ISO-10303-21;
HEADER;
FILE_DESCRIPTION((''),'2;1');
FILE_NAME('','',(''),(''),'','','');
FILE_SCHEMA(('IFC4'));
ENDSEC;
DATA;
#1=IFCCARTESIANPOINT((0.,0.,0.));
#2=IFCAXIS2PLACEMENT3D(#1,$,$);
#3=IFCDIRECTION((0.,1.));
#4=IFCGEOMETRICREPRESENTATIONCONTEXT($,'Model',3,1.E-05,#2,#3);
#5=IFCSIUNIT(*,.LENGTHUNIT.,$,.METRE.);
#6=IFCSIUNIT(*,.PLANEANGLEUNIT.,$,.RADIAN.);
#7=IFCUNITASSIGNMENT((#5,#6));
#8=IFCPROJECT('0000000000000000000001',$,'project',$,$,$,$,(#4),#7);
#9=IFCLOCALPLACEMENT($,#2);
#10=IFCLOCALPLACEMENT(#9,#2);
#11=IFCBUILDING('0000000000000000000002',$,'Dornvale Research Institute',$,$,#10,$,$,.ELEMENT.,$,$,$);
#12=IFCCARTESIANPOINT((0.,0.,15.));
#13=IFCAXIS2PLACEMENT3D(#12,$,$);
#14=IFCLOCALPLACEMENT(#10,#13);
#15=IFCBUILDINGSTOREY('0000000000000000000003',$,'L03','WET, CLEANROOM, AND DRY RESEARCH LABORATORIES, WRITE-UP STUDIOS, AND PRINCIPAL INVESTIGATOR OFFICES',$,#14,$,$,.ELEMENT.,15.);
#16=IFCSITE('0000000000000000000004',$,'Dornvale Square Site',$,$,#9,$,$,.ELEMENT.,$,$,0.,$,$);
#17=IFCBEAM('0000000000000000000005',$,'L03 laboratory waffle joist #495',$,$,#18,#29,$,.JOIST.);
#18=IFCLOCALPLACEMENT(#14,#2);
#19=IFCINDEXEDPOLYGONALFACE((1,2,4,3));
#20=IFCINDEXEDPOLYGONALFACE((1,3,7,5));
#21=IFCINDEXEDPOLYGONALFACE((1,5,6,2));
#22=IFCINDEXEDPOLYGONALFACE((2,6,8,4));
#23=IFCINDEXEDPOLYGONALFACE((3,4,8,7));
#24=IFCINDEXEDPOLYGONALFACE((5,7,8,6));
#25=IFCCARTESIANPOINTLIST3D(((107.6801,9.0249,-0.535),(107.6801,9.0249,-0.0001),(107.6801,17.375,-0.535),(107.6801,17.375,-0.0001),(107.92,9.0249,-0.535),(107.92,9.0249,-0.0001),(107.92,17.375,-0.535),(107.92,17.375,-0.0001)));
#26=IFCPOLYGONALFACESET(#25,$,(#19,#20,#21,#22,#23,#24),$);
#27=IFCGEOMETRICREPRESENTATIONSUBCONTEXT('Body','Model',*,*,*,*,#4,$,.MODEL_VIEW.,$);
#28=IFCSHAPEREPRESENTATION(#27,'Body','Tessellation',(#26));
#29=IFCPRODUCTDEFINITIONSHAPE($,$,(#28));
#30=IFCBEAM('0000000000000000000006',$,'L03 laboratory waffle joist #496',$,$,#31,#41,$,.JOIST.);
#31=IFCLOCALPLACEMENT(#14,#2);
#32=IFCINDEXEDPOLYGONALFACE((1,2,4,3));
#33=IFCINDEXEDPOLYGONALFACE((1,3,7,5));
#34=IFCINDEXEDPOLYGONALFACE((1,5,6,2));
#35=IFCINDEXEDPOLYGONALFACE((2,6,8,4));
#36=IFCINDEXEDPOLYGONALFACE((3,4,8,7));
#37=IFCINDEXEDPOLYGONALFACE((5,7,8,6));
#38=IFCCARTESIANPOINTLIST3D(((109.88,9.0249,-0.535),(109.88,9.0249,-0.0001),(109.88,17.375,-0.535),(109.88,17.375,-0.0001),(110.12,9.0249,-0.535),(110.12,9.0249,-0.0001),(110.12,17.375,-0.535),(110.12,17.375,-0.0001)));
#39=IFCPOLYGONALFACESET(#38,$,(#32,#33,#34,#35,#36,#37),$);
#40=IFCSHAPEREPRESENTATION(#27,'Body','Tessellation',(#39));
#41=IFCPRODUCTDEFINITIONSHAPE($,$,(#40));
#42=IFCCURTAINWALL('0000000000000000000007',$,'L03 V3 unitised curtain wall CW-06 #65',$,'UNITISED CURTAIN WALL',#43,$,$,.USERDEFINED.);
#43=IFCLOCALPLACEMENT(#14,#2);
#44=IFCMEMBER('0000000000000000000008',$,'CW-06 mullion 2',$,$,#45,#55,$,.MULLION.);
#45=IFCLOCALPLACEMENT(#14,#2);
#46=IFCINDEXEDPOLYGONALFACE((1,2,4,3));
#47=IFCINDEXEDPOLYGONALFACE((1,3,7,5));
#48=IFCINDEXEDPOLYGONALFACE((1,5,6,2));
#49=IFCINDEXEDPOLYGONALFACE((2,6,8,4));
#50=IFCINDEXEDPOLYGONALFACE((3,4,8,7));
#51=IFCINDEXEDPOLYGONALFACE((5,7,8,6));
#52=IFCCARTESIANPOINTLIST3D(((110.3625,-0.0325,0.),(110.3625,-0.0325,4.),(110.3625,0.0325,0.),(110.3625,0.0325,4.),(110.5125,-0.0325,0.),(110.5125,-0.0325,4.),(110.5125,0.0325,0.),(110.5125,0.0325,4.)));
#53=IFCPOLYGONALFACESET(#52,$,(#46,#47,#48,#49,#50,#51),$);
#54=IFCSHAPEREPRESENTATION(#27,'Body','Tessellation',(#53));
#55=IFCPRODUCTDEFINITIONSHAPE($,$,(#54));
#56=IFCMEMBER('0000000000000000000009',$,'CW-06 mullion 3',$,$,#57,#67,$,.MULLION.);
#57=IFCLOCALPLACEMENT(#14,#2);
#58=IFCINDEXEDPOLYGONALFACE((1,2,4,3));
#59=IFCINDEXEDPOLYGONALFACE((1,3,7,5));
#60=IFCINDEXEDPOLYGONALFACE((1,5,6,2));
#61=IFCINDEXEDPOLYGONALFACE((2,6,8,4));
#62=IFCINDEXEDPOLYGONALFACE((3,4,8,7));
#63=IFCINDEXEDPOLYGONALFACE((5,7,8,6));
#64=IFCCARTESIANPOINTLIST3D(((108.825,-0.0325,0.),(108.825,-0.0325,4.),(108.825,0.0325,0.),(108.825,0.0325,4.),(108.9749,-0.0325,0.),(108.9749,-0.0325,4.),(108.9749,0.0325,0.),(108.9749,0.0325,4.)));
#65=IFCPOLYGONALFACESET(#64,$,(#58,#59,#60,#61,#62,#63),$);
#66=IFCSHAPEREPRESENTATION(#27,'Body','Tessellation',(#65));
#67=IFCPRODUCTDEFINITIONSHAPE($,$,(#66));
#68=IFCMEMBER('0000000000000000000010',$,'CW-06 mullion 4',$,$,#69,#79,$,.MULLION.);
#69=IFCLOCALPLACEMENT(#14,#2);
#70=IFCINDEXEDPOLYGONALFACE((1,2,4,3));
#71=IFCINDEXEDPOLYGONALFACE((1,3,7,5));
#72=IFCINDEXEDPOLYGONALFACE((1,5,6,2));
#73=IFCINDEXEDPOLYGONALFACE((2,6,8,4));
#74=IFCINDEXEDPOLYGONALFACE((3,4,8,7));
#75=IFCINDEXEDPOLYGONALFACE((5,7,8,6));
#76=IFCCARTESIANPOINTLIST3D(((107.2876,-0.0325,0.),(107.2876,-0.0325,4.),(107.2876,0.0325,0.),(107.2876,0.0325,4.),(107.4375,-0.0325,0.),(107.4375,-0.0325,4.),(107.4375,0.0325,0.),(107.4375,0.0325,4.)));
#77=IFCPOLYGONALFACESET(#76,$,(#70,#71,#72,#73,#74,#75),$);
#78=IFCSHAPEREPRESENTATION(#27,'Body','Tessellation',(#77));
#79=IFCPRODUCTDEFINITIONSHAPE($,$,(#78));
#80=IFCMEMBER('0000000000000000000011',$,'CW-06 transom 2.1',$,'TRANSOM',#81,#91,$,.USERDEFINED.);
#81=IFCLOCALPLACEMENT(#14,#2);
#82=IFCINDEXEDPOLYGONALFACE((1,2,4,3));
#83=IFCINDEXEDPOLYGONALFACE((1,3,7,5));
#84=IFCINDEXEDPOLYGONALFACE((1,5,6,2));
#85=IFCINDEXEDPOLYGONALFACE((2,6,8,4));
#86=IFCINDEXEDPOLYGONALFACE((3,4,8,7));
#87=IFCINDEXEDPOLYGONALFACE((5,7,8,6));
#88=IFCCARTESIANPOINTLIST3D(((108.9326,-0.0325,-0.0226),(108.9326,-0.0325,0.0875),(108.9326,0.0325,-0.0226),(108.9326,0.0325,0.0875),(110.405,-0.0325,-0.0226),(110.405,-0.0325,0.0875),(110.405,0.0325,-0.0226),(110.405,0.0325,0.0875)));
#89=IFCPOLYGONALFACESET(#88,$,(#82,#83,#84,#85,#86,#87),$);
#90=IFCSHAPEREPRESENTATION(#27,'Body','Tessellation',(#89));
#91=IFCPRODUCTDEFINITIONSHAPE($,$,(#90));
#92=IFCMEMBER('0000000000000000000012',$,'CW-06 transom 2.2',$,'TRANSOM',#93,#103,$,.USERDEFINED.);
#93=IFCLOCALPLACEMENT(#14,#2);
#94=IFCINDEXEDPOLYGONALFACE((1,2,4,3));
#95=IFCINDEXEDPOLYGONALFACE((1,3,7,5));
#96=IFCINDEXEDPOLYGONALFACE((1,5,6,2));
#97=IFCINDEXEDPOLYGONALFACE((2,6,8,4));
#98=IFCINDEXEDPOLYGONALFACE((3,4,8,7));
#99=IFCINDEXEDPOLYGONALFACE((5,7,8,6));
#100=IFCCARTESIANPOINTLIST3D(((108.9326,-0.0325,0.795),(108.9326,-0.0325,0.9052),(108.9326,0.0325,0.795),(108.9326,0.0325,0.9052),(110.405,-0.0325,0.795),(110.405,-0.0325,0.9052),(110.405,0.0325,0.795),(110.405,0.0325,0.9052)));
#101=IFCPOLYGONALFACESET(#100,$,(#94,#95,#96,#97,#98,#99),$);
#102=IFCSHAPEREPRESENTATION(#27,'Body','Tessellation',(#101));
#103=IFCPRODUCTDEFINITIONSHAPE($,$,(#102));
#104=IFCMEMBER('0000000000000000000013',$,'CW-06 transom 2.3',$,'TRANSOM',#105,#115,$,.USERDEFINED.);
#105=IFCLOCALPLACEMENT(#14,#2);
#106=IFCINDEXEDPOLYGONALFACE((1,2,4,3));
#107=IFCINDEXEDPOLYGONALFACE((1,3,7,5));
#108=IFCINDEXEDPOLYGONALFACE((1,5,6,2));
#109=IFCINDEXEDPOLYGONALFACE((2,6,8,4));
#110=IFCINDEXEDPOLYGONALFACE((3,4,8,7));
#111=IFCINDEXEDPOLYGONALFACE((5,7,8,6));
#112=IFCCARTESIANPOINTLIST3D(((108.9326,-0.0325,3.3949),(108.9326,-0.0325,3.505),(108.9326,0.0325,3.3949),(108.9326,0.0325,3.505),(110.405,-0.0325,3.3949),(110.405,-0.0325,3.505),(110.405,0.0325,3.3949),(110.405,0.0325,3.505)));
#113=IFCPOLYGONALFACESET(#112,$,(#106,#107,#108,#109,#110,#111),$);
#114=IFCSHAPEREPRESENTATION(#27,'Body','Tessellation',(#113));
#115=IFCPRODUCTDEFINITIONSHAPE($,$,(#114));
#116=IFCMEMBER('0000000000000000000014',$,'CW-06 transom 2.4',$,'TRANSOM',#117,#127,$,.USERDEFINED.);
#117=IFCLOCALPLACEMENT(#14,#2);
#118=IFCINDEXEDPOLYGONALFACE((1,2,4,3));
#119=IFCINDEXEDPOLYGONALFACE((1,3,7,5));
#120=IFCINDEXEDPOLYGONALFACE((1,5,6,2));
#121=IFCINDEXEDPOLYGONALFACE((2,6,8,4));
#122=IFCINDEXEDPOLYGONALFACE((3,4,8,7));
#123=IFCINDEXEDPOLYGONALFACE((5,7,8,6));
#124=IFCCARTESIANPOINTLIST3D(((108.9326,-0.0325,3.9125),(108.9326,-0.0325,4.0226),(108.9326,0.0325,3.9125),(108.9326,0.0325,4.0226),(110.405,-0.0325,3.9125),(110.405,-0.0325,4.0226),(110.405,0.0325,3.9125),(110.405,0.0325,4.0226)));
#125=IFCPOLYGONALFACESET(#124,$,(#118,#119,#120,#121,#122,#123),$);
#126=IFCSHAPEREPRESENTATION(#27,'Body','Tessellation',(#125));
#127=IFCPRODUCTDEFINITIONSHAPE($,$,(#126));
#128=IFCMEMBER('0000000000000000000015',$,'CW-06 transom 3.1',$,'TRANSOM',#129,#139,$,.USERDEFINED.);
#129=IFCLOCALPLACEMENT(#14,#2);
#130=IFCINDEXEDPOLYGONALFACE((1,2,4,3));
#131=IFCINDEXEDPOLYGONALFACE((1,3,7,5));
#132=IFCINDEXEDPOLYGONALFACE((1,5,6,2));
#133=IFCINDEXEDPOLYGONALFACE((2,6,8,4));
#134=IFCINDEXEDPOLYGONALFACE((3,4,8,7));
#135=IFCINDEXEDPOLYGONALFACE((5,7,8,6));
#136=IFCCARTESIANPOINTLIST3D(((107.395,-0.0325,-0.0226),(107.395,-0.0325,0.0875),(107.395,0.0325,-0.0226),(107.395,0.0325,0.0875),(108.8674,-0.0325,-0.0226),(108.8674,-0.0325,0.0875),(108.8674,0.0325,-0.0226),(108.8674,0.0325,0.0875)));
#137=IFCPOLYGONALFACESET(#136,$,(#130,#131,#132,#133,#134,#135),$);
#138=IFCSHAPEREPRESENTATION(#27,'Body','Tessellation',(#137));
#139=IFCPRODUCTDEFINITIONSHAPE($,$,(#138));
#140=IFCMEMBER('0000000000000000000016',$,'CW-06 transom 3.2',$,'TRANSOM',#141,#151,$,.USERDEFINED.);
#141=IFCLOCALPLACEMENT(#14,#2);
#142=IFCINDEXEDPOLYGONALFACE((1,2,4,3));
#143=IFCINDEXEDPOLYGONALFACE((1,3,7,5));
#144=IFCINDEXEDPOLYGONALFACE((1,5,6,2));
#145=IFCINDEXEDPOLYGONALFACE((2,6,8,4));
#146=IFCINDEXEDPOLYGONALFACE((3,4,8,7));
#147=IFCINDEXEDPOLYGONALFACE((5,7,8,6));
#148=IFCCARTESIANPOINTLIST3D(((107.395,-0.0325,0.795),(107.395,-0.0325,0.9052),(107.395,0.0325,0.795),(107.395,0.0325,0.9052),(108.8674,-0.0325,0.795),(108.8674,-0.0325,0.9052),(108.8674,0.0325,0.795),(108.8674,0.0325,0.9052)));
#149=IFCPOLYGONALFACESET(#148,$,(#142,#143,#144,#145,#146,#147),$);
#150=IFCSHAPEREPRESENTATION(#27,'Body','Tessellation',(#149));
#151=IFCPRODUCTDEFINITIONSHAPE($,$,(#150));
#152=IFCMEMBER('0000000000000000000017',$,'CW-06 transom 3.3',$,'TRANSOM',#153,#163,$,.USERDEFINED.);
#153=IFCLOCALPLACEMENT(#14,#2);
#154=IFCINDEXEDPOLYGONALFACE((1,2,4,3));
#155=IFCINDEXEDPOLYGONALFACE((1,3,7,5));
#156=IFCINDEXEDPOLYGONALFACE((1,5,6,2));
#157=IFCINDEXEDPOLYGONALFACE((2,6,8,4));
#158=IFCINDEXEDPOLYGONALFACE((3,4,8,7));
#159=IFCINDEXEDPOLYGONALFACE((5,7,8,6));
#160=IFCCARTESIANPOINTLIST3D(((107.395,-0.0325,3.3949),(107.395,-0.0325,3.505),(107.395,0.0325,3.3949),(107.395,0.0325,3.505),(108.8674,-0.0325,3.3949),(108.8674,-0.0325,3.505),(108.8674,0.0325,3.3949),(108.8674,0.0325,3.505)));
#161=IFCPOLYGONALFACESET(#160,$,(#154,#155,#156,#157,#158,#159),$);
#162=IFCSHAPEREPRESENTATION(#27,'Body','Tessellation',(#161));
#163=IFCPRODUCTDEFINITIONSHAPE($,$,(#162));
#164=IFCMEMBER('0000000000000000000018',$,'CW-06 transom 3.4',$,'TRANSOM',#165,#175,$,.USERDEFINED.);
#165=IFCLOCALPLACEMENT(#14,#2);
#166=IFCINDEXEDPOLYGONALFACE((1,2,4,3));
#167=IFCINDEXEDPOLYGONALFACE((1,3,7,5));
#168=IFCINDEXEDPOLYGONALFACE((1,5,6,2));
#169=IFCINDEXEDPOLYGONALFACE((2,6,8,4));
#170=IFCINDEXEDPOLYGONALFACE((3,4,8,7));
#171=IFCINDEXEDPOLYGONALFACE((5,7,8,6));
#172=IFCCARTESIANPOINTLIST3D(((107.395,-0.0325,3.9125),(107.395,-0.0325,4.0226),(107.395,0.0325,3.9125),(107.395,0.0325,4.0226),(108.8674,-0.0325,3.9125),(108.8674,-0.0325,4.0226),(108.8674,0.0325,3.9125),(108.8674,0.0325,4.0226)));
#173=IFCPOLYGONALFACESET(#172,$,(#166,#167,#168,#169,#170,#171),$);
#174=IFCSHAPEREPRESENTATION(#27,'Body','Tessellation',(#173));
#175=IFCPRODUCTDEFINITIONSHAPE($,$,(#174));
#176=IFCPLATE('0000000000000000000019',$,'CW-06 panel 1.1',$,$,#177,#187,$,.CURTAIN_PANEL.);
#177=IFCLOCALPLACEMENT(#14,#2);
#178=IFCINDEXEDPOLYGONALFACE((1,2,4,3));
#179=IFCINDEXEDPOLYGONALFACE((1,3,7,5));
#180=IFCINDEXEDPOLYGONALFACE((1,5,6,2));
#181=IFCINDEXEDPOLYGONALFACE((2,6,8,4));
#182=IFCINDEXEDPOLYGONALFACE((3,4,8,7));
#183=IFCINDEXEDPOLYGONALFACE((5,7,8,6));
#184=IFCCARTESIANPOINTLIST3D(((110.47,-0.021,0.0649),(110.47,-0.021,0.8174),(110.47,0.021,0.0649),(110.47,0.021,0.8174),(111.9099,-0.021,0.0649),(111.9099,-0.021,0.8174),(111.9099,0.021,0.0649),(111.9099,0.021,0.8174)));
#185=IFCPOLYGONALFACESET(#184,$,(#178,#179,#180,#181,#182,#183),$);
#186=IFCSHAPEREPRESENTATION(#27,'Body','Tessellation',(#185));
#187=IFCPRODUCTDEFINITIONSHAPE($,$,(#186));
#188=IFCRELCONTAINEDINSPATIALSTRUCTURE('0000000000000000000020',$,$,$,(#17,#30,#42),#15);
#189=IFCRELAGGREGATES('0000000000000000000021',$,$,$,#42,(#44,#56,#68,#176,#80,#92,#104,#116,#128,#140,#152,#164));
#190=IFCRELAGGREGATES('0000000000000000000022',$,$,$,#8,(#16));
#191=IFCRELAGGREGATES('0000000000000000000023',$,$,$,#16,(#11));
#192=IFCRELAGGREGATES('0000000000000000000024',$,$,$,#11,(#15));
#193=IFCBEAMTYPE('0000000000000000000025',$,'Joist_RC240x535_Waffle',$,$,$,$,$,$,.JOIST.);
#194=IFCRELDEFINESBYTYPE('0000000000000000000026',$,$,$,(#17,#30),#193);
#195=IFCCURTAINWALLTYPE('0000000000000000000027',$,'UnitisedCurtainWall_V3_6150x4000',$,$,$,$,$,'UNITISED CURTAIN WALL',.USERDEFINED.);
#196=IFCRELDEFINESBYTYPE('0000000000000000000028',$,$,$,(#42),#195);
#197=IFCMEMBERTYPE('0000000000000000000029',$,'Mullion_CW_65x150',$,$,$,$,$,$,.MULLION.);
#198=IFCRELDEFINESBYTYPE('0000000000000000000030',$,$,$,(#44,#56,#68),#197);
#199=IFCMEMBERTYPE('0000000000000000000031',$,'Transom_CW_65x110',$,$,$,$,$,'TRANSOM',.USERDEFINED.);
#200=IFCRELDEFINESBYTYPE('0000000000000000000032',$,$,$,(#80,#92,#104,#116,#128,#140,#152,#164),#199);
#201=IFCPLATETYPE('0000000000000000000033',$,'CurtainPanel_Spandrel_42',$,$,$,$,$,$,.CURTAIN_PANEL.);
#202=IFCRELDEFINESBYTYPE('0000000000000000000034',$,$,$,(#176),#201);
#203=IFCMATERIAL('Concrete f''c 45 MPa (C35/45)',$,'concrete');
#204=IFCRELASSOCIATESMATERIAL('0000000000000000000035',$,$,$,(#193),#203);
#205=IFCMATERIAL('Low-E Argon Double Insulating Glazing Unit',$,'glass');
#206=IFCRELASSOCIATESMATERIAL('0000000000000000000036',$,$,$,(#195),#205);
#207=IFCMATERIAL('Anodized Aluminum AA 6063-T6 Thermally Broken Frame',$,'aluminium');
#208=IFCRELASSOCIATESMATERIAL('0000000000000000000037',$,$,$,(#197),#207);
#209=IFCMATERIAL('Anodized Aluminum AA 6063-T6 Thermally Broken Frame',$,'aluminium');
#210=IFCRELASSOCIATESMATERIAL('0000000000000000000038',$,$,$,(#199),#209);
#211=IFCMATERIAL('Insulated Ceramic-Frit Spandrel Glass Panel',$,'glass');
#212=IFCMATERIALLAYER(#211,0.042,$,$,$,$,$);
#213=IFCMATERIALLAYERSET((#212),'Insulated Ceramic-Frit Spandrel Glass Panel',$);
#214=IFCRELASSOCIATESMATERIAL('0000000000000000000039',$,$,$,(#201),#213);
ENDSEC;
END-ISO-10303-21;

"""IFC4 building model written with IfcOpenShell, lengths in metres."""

from ifc_helpers import new_model, si_unit, direction, frame, origin, origin_2d, place, context, subcontext, project, spatial, rectangle, extrude, material, layer, layer_set, material_profile, profile_set, type_object, element, aggregate, save


model = new_model("IFC4")

# Units and contexts
model_context = context("Model", 3, precision=1e-05, world=origin(), true_north=direction((0.0, 1.0)))
body_context = subcontext(model_context, "Body", "Model", "MODEL_VIEW")
ifc_project = project(units=[si_unit("LENGTHUNIT", "METRE"), si_unit("PLANEANGLEUNIT", "RADIAN")], contexts=[model_context])

# Site, building, storey
site_placement = place(None, origin())
site = spatial("IfcSite", under=ifc_project, at=site_placement, Name="Dornvale Square Site", CompositionType="ELEMENT", RefElevation=0.0)
building_placement = place(site_placement, origin())
building = spatial("IfcBuilding", under=site, at=building_placement, Name="Dornvale Research Institute", CompositionType="ELEMENT")
storey_placement = place(building_placement, frame((0.0, 0.0, 15.0)))
storey = spatial("IfcBuildingStorey", under=building, at=storey_placement, Name="L03", Description="WET, CLEANROOM, AND DRY RESEARCH LABORATORIES, WRITE-UP STUDIOS, AND PRINCIPAL INVESTIGATOR OFFICES", CompositionType="ELEMENT", Elevation=15.0)

# Beams
ifc_material_1 = material(Name="Concrete f'c 45 MPa (C35/45)", Category="concrete")
ifc_material_profile_1 = material_profile(ifc_material_1, rectangle(XDim=0.24, YDim=0.5349, at=origin_2d()), Name="RC 240x535")
ifc_profile_set_1 = profile_set([ifc_material_profile_1], Name="Concrete f'c 45 MPa (C35/45)")
beam_type = type_object("IfcBeamType", Name="Joist_RC240x535_Waffle", PredefinedType="JOIST", material=ifc_profile_set_1)
for number, where, z_axis, x_axis, name in (
    (1, (107.8, 9.0249, -0.2676), (0.0, 1.0, 0.0), (-1.0, 0.0, 0.0), "L03 laboratory waffle joist #495"),
    (2, (110.0, 9.0249, -0.2676), (0.0, 1.0, 0.0), (-1.0, 0.0, 0.0), "L03 laboratory waffle joist #496"),
):
    element("IfcBeam", number, at=place(storey_placement, frame(where, z_axis=z_axis, x_axis=x_axis)), inside=storey, type_object=beam_type, Name=name, PredefinedType="JOIST", context=body_context, shape_type="SweptSolid", body=[
        extrude(rectangle(XDim=0.24, YDim=0.5349, at=origin_2d()), origin(), (0.0, 0.0, 1.0), 8.3501),
    ])

# Curtain wall, members, plate
ifc_material_2 = material(Name="Low-E Argon Double Insulating Glazing Unit", Category="glass")
curtain_wall_type = type_object("IfcCurtainWallType", Name="UnitisedCurtainWall_V3_6150x4000", ElementType="UNITISED CURTAIN WALL", PredefinedType="USERDEFINED", material=ifc_material_2)
curtain_wall_placement = place(storey_placement, origin())
curtain_wall = element("IfcCurtainWall", 3, at=curtain_wall_placement, inside=storey, type_object=curtain_wall_type, Name="L03 V3 unitised curtain wall CW-06 #65", ObjectType="UNITISED CURTAIN WALL", PredefinedType="USERDEFINED")
ifc_material_3 = material(Name="Anodized Aluminum AA 6063-T6 Thermally Broken Frame", Category="aluminium")
ifc_material_profile_2 = material_profile(ifc_material_3, rectangle(XDim=0.0649, YDim=0.1499, at=origin_2d()), Name="ALU MULLION 65x150")
ifc_profile_set_2 = profile_set([ifc_material_profile_2], Name="Anodized Aluminum AA 6063-T6 Thermally Broken Frame")
member_type_1 = type_object("IfcMemberType", Name="Mullion_CW_65x150", PredefinedType="MULLION", material=ifc_profile_set_2)
member_1_placement = place(storey_placement, frame((110.4375, 0.0, 0.0), z_axis=(0.0, 0.0, 1.0), x_axis=(0.0, -1.0, 0.0)))
member_1 = element("IfcMember", 4, at=member_1_placement, type_object=member_type_1, Name="CW-06 mullion 2", PredefinedType="MULLION", context=body_context, shape_type="SweptSolid", body=[
    extrude(rectangle(XDim=0.0649, YDim=0.1499, at=origin_2d()), origin(), (0.0, 0.0, 1.0), 4.0),
])
member_2_placement = place(storey_placement, frame((108.8999, 0.0, 0.0), z_axis=(0.0, 0.0, 1.0), x_axis=(0.0, -1.0, 0.0)))
member_2 = element("IfcMember", 5, at=member_2_placement, type_object=member_type_1, Name="CW-06 mullion 3", PredefinedType="MULLION", context=body_context, shape_type="SweptSolid", body=[
    extrude(rectangle(XDim=0.0649, YDim=0.1499, at=origin_2d()), origin(), (0.0, 0.0, 1.0), 4.0),
])
member_3_placement = place(storey_placement, frame((107.3625, 0.0, 0.0), z_axis=(0.0, 0.0, 1.0), x_axis=(0.0, -1.0, 0.0)))
member_3 = element("IfcMember", 6, at=member_3_placement, type_object=member_type_1, Name="CW-06 mullion 4", PredefinedType="MULLION", context=body_context, shape_type="SweptSolid", body=[
    extrude(rectangle(XDim=0.0649, YDim=0.1499, at=origin_2d()), origin(), (0.0, 0.0, 1.0), 4.0),
])
ifc_material_4 = material(Name="Anodized Aluminum AA 6063-T6 Thermally Broken Frame", Category="aluminium")
ifc_material_profile_3 = material_profile(ifc_material_4, rectangle(XDim=0.0649, YDim=0.1101, at=origin_2d()), Name="ALU TRANSOM 65x110")
ifc_profile_set_3 = profile_set([ifc_material_profile_3], Name="Anodized Aluminum AA 6063-T6 Thermally Broken Frame")
member_type_2 = type_object("IfcMemberType", Name="Transom_CW_65x110", ElementType="TRANSOM", PredefinedType="USERDEFINED", material=ifc_profile_set_3)
member_4_placement = place(storey_placement, frame((110.405, 0.0, 0.0325), z_axis=(-1.0, 0.0, 0.0), x_axis=(0.0, -1.0, 0.0)))
member_4 = element("IfcMember", 7, at=member_4_placement, type_object=member_type_2, Name="CW-06 transom 2.1", ObjectType="TRANSOM", PredefinedType="USERDEFINED", context=body_context, shape_type="SweptSolid", body=[
    extrude(rectangle(XDim=0.0649, YDim=0.1101, at=origin_2d()), origin(), (0.0, 0.0, 1.0), 1.4724),
])
member_5_placement = place(storey_placement, frame((110.405, 0.0, 0.8501), z_axis=(-1.0, 0.0, 0.0), x_axis=(0.0, -1.0, 0.0)))
member_5 = element("IfcMember", 8, at=member_5_placement, type_object=member_type_2, Name="CW-06 transom 2.2", ObjectType="TRANSOM", PredefinedType="USERDEFINED", context=body_context, shape_type="SweptSolid", body=[
    extrude(rectangle(XDim=0.0649, YDim=0.1101, at=origin_2d()), origin(), (0.0, 0.0, 1.0), 1.4724),
])
member_6_placement = place(storey_placement, frame((110.405, 0.0, 3.45), z_axis=(-1.0, 0.0, 0.0), x_axis=(0.0, -1.0, 0.0)))
member_6 = element("IfcMember", 9, at=member_6_placement, type_object=member_type_2, Name="CW-06 transom 2.3", ObjectType="TRANSOM", PredefinedType="USERDEFINED", context=body_context, shape_type="SweptSolid", body=[
    extrude(rectangle(XDim=0.0649, YDim=0.1101, at=origin_2d()), origin(), (0.0, 0.0, 1.0), 1.4724),
])
member_7_placement = place(storey_placement, frame((110.405, 0.0, 3.9675), z_axis=(-1.0, 0.0, 0.0), x_axis=(0.0, -1.0, 0.0)))
member_7 = element("IfcMember", 10, at=member_7_placement, type_object=member_type_2, Name="CW-06 transom 2.4", ObjectType="TRANSOM", PredefinedType="USERDEFINED", context=body_context, shape_type="SweptSolid", body=[
    extrude(rectangle(XDim=0.0649, YDim=0.1101, at=origin_2d()), origin(), (0.0, 0.0, 1.0), 1.4724),
])
member_8_placement = place(storey_placement, frame((108.8674, 0.0, 0.0325), z_axis=(-1.0, 0.0, 0.0), x_axis=(0.0, -1.0, 0.0)))
member_8 = element("IfcMember", 11, at=member_8_placement, type_object=member_type_2, Name="CW-06 transom 3.1", ObjectType="TRANSOM", PredefinedType="USERDEFINED", context=body_context, shape_type="SweptSolid", body=[
    extrude(rectangle(XDim=0.0649, YDim=0.1101, at=origin_2d()), origin(), (0.0, 0.0, 1.0), 1.4724),
])
member_9_placement = place(storey_placement, frame((108.8674, 0.0, 0.8501), z_axis=(-1.0, 0.0, 0.0), x_axis=(0.0, -1.0, 0.0)))
member_9 = element("IfcMember", 12, at=member_9_placement, type_object=member_type_2, Name="CW-06 transom 3.2", ObjectType="TRANSOM", PredefinedType="USERDEFINED", context=body_context, shape_type="SweptSolid", body=[
    extrude(rectangle(XDim=0.0649, YDim=0.1101, at=origin_2d()), origin(), (0.0, 0.0, 1.0), 1.4724),
])
member_10_placement = place(storey_placement, frame((108.8674, 0.0, 3.45), z_axis=(-1.0, 0.0, 0.0), x_axis=(0.0, -1.0, 0.0)))
member_10 = element("IfcMember", 13, at=member_10_placement, type_object=member_type_2, Name="CW-06 transom 3.3", ObjectType="TRANSOM", PredefinedType="USERDEFINED", context=body_context, shape_type="SweptSolid", body=[
    extrude(rectangle(XDim=0.0649, YDim=0.1101, at=origin_2d()), origin(), (0.0, 0.0, 1.0), 1.4724),
])
member_11_placement = place(storey_placement, frame((108.8674, 0.0, 3.9675), z_axis=(-1.0, 0.0, 0.0), x_axis=(0.0, -1.0, 0.0)))
member_11 = element("IfcMember", 14, at=member_11_placement, type_object=member_type_2, Name="CW-06 transom 3.4", ObjectType="TRANSOM", PredefinedType="USERDEFINED", context=body_context, shape_type="SweptSolid", body=[
    extrude(rectangle(XDim=0.0649, YDim=0.1101, at=origin_2d()), origin(), (0.0, 0.0, 1.0), 1.4724),
])
ifc_material_5 = material(Name="Insulated Ceramic-Frit Spandrel Glass Panel", Category="glass")
ifc_layer_1 = layer(ifc_material_5, 0.042)
ifc_layer_set_1 = layer_set([ifc_layer_1], Name="Insulated Ceramic-Frit Spandrel Glass Panel")
plate_type_1 = type_object("IfcPlateType", Name="CurtainPanel_Spandrel_42", PredefinedType="CURTAIN_PANEL", material=ifc_layer_set_1)
plate_1_placement = place(storey_placement, frame((111.1899, 0.0, 0.0649), z_axis=(0.0, 0.0, 1.0), x_axis=(-1.0, 0.0, 0.0)))
plate_1 = element("IfcPlate", 15, at=plate_1_placement, type_object=plate_type_1, Name="CW-06 panel 1.1", PredefinedType="CURTAIN_PANEL", context=body_context, shape_type="SweptSolid", body=[
    extrude(rectangle(XDim=1.4399, YDim=0.042, at=origin_2d()), origin(), (0.0, 0.0, 1.0), 0.7524),
])
aggregate(curtain_wall, [member_1, member_2, member_3, plate_1, member_4, member_5, member_6, member_7, member_8, member_9, member_10, member_11])

save(model, "model.ifc")
